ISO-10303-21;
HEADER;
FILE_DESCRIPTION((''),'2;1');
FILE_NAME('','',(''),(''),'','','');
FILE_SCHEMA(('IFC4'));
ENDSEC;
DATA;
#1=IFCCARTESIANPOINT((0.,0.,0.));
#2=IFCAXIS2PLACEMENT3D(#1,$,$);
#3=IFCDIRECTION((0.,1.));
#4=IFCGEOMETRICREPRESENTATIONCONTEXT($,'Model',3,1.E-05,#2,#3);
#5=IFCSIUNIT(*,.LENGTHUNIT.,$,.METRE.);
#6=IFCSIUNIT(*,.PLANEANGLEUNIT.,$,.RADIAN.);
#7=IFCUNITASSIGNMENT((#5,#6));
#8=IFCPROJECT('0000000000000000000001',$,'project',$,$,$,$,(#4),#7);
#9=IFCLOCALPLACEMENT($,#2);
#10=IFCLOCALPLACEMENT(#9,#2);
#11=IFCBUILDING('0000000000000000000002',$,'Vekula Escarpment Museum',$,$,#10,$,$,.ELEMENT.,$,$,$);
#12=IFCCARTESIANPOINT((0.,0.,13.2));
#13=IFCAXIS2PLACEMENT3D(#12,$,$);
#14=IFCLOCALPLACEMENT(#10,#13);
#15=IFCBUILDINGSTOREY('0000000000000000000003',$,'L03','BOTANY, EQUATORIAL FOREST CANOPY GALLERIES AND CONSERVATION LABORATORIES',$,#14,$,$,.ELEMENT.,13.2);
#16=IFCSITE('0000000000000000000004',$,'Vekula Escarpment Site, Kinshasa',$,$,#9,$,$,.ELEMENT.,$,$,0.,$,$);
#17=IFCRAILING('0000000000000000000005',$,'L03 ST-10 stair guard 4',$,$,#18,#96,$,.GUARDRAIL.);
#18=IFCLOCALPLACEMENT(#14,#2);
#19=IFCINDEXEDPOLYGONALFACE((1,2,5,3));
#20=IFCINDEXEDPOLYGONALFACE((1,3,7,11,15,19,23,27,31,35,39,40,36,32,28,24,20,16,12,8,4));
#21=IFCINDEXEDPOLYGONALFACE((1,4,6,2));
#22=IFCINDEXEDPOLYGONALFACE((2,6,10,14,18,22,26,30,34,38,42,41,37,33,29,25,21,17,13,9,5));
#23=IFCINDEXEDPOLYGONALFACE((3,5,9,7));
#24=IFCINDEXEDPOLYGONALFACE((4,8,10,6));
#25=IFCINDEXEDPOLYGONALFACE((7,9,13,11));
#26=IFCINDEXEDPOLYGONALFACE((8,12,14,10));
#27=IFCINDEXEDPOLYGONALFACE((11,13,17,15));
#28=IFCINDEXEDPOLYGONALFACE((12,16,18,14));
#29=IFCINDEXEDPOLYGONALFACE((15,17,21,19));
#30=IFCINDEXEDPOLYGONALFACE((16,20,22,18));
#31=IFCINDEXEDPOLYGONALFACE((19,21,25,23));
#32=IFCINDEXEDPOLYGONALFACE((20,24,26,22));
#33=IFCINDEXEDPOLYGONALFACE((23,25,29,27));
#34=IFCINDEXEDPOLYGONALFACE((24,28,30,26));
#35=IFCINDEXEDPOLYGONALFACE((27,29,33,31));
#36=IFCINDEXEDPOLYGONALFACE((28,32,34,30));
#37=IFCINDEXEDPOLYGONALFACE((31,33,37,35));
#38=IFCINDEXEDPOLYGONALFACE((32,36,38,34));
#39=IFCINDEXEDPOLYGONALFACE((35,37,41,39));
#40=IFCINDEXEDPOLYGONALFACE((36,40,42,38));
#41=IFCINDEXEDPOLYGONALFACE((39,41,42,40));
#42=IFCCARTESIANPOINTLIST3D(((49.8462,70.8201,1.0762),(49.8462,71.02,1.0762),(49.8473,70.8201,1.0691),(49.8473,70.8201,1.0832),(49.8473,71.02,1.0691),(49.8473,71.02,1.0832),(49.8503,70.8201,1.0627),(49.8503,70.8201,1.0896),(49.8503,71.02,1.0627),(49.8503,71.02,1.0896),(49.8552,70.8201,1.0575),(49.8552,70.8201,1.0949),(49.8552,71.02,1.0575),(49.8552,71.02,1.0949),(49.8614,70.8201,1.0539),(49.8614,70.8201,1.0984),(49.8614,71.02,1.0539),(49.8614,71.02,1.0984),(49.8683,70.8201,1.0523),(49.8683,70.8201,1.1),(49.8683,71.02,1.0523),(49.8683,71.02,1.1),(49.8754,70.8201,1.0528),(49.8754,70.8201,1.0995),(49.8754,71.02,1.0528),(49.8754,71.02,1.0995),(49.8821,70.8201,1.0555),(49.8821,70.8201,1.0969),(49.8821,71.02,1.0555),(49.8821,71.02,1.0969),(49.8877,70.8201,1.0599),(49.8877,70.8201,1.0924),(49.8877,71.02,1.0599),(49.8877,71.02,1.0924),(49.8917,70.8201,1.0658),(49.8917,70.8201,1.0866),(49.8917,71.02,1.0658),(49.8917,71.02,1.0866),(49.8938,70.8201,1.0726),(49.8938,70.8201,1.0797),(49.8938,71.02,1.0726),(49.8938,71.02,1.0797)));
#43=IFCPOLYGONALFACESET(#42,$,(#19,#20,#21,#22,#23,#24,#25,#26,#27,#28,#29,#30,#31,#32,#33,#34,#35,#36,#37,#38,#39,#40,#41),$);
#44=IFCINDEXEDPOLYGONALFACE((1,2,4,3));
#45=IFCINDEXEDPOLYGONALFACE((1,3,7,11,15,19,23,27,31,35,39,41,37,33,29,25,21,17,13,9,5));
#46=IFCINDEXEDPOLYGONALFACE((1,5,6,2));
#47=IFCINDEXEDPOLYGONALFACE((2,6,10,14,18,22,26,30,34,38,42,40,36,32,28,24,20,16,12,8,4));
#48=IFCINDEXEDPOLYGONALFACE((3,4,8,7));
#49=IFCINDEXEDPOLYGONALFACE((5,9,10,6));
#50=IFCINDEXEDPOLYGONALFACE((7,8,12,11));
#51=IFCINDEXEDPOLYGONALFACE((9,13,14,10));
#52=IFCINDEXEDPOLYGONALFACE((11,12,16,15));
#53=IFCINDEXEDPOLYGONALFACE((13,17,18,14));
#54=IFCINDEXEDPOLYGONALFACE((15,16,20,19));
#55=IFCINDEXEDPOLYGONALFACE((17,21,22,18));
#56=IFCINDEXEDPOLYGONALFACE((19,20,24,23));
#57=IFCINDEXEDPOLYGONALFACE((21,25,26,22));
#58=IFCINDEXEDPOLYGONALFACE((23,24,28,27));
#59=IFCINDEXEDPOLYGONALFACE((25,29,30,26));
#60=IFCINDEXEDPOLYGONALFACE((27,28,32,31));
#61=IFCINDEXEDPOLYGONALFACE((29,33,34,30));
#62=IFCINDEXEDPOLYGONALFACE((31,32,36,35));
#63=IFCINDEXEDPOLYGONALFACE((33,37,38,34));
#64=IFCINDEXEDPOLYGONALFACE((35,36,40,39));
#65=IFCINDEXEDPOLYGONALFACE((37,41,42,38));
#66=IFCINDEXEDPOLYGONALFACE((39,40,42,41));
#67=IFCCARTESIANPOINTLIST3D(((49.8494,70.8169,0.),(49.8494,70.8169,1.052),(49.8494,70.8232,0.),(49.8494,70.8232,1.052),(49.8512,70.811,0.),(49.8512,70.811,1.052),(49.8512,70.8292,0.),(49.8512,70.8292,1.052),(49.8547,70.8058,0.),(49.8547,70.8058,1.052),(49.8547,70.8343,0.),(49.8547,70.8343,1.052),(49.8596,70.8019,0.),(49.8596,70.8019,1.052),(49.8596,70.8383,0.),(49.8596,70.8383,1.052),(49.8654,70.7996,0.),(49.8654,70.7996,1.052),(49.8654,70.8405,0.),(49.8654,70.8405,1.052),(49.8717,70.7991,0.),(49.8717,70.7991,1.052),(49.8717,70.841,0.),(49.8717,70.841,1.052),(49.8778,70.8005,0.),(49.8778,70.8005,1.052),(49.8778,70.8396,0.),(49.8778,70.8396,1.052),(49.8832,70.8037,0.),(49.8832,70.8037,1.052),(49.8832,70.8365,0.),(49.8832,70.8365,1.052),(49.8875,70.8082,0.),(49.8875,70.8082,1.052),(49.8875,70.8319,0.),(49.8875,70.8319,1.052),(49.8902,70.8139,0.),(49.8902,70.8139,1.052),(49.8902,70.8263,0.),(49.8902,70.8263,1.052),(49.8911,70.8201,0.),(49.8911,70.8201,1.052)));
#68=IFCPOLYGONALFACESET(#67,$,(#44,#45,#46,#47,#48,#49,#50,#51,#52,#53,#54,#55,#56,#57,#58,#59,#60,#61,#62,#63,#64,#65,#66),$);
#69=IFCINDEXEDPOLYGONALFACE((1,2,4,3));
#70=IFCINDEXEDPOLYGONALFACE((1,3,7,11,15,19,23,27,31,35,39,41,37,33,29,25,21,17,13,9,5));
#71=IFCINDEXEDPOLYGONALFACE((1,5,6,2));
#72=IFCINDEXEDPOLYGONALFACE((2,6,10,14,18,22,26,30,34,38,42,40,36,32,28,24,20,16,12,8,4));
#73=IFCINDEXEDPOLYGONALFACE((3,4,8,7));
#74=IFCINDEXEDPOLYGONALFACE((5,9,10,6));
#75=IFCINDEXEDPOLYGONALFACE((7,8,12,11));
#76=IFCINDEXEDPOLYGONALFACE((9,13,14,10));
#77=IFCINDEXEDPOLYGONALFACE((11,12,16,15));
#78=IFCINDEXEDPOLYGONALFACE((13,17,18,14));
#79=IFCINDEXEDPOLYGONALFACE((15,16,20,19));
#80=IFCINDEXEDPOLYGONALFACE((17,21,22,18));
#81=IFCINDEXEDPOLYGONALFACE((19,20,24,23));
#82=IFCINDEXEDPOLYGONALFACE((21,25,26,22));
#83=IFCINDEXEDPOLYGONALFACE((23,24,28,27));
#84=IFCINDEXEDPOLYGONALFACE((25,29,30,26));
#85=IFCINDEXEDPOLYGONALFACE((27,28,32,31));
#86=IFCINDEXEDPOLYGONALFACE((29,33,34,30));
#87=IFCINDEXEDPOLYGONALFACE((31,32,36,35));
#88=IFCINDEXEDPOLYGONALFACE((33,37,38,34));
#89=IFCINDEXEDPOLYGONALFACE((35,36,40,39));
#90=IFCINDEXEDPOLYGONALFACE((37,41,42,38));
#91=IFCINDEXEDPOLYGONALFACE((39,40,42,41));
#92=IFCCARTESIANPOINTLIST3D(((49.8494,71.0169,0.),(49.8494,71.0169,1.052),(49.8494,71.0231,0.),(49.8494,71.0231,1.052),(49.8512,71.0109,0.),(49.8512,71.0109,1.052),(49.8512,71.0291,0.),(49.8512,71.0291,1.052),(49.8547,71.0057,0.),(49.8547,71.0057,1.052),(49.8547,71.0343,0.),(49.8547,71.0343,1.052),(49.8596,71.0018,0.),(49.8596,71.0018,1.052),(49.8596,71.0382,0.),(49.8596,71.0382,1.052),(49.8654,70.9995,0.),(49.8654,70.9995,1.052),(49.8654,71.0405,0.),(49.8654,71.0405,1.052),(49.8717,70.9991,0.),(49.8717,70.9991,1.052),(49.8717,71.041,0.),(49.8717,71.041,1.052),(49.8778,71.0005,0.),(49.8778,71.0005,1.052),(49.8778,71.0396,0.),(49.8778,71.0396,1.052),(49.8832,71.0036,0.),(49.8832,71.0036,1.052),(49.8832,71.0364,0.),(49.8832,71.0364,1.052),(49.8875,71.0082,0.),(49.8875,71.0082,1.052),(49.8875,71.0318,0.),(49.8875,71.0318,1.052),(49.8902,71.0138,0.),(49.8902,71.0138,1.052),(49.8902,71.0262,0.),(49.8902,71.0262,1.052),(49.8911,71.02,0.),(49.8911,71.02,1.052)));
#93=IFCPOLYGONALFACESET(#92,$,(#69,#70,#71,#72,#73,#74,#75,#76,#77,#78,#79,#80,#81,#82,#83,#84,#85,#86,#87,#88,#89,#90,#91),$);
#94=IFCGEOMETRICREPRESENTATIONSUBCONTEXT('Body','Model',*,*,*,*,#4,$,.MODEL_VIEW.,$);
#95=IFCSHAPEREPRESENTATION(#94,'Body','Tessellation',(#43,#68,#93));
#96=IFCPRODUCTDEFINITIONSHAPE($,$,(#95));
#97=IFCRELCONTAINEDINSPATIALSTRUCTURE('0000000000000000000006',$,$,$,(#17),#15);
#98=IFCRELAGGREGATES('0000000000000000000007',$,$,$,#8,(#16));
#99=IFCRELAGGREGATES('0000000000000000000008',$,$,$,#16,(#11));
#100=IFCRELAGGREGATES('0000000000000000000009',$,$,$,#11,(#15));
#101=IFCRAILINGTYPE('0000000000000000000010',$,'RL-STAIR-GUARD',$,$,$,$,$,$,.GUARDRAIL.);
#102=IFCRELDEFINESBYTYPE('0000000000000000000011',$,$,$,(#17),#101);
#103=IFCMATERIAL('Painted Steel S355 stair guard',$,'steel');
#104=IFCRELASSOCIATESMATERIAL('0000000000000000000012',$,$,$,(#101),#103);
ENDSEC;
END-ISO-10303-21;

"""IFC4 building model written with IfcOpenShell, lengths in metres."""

from ifc_helpers import new_model, si_unit, direction, frame, origin, origin_2d, place, context, subcontext, project, spatial, circle, extrude, material, type_object, element, save


model = new_model("IFC4")

# Units and contexts
model_context = context("Model", 3, precision=1e-05, world=origin(), true_north=direction((0.0, 1.0)))
body_context = subcontext(model_context, "Body", "Model", "MODEL_VIEW")
ifc_project = project(units=[si_unit("LENGTHUNIT", "METRE"), si_unit("PLANEANGLEUNIT", "RADIAN")], contexts=[model_context])

# Site, building, storey
site_placement = place(None, origin())
site = spatial("IfcSite", under=ifc_project, at=site_placement, Name="Vekula Escarpment Site, Kinshasa", CompositionType="ELEMENT", RefElevation=0.0)
building_placement = place(site_placement, origin())
building = spatial("IfcBuilding", under=site, at=building_placement, Name="Vekula Escarpment Museum", CompositionType="ELEMENT")
storey_placement = place(building_placement, frame((0.0, 0.0, 13.2)))
storey = spatial("IfcBuildingStorey", under=building, at=storey_placement, Name="L03", Description="BOTANY, EQUATORIAL FOREST CANOPY GALLERIES AND CONSERVATION LABORATORIES", CompositionType="ELEMENT", Elevation=13.2)

# Railing
ifc_material_1 = material(Name="Painted Steel S355 stair guard", Category="steel")
railing_type_1 = type_object("IfcRailingType", Name="RL-STAIR-GUARD", PredefinedType="GUARDRAIL", material=ifc_material_1)
railing_1_placement = place(storey_placement, frame((49.8701, 70.8201, 0.0)))
element("IfcRailing", 1, at=railing_1_placement, inside=storey, type_object=railing_type_1, Name="L03 ST-10 stair guard 4", PredefinedType="GUARDRAIL", context=body_context, shape_type="SweptSolid", body=[
    extrude(circle(Radius=0.0239, at=origin_2d()), frame((0.0, 0.0, 1.0762), z_axis=(0.0, 1.0, 0.0), x_axis=(-1.0, 0.0, 0.0)), (0.0, 0.0, 1.0), 0.2),
    extrude(circle(Radius=0.021, at=origin_2d()), origin(), (0.0, 0.0, 1.0), 1.052),
    extrude(circle(Radius=0.021, at=origin_2d()), frame((0.0, 0.2, 0.0)), (0.0, 0.0, 1.0), 1.052),
])

save(model, "model.ifc")
